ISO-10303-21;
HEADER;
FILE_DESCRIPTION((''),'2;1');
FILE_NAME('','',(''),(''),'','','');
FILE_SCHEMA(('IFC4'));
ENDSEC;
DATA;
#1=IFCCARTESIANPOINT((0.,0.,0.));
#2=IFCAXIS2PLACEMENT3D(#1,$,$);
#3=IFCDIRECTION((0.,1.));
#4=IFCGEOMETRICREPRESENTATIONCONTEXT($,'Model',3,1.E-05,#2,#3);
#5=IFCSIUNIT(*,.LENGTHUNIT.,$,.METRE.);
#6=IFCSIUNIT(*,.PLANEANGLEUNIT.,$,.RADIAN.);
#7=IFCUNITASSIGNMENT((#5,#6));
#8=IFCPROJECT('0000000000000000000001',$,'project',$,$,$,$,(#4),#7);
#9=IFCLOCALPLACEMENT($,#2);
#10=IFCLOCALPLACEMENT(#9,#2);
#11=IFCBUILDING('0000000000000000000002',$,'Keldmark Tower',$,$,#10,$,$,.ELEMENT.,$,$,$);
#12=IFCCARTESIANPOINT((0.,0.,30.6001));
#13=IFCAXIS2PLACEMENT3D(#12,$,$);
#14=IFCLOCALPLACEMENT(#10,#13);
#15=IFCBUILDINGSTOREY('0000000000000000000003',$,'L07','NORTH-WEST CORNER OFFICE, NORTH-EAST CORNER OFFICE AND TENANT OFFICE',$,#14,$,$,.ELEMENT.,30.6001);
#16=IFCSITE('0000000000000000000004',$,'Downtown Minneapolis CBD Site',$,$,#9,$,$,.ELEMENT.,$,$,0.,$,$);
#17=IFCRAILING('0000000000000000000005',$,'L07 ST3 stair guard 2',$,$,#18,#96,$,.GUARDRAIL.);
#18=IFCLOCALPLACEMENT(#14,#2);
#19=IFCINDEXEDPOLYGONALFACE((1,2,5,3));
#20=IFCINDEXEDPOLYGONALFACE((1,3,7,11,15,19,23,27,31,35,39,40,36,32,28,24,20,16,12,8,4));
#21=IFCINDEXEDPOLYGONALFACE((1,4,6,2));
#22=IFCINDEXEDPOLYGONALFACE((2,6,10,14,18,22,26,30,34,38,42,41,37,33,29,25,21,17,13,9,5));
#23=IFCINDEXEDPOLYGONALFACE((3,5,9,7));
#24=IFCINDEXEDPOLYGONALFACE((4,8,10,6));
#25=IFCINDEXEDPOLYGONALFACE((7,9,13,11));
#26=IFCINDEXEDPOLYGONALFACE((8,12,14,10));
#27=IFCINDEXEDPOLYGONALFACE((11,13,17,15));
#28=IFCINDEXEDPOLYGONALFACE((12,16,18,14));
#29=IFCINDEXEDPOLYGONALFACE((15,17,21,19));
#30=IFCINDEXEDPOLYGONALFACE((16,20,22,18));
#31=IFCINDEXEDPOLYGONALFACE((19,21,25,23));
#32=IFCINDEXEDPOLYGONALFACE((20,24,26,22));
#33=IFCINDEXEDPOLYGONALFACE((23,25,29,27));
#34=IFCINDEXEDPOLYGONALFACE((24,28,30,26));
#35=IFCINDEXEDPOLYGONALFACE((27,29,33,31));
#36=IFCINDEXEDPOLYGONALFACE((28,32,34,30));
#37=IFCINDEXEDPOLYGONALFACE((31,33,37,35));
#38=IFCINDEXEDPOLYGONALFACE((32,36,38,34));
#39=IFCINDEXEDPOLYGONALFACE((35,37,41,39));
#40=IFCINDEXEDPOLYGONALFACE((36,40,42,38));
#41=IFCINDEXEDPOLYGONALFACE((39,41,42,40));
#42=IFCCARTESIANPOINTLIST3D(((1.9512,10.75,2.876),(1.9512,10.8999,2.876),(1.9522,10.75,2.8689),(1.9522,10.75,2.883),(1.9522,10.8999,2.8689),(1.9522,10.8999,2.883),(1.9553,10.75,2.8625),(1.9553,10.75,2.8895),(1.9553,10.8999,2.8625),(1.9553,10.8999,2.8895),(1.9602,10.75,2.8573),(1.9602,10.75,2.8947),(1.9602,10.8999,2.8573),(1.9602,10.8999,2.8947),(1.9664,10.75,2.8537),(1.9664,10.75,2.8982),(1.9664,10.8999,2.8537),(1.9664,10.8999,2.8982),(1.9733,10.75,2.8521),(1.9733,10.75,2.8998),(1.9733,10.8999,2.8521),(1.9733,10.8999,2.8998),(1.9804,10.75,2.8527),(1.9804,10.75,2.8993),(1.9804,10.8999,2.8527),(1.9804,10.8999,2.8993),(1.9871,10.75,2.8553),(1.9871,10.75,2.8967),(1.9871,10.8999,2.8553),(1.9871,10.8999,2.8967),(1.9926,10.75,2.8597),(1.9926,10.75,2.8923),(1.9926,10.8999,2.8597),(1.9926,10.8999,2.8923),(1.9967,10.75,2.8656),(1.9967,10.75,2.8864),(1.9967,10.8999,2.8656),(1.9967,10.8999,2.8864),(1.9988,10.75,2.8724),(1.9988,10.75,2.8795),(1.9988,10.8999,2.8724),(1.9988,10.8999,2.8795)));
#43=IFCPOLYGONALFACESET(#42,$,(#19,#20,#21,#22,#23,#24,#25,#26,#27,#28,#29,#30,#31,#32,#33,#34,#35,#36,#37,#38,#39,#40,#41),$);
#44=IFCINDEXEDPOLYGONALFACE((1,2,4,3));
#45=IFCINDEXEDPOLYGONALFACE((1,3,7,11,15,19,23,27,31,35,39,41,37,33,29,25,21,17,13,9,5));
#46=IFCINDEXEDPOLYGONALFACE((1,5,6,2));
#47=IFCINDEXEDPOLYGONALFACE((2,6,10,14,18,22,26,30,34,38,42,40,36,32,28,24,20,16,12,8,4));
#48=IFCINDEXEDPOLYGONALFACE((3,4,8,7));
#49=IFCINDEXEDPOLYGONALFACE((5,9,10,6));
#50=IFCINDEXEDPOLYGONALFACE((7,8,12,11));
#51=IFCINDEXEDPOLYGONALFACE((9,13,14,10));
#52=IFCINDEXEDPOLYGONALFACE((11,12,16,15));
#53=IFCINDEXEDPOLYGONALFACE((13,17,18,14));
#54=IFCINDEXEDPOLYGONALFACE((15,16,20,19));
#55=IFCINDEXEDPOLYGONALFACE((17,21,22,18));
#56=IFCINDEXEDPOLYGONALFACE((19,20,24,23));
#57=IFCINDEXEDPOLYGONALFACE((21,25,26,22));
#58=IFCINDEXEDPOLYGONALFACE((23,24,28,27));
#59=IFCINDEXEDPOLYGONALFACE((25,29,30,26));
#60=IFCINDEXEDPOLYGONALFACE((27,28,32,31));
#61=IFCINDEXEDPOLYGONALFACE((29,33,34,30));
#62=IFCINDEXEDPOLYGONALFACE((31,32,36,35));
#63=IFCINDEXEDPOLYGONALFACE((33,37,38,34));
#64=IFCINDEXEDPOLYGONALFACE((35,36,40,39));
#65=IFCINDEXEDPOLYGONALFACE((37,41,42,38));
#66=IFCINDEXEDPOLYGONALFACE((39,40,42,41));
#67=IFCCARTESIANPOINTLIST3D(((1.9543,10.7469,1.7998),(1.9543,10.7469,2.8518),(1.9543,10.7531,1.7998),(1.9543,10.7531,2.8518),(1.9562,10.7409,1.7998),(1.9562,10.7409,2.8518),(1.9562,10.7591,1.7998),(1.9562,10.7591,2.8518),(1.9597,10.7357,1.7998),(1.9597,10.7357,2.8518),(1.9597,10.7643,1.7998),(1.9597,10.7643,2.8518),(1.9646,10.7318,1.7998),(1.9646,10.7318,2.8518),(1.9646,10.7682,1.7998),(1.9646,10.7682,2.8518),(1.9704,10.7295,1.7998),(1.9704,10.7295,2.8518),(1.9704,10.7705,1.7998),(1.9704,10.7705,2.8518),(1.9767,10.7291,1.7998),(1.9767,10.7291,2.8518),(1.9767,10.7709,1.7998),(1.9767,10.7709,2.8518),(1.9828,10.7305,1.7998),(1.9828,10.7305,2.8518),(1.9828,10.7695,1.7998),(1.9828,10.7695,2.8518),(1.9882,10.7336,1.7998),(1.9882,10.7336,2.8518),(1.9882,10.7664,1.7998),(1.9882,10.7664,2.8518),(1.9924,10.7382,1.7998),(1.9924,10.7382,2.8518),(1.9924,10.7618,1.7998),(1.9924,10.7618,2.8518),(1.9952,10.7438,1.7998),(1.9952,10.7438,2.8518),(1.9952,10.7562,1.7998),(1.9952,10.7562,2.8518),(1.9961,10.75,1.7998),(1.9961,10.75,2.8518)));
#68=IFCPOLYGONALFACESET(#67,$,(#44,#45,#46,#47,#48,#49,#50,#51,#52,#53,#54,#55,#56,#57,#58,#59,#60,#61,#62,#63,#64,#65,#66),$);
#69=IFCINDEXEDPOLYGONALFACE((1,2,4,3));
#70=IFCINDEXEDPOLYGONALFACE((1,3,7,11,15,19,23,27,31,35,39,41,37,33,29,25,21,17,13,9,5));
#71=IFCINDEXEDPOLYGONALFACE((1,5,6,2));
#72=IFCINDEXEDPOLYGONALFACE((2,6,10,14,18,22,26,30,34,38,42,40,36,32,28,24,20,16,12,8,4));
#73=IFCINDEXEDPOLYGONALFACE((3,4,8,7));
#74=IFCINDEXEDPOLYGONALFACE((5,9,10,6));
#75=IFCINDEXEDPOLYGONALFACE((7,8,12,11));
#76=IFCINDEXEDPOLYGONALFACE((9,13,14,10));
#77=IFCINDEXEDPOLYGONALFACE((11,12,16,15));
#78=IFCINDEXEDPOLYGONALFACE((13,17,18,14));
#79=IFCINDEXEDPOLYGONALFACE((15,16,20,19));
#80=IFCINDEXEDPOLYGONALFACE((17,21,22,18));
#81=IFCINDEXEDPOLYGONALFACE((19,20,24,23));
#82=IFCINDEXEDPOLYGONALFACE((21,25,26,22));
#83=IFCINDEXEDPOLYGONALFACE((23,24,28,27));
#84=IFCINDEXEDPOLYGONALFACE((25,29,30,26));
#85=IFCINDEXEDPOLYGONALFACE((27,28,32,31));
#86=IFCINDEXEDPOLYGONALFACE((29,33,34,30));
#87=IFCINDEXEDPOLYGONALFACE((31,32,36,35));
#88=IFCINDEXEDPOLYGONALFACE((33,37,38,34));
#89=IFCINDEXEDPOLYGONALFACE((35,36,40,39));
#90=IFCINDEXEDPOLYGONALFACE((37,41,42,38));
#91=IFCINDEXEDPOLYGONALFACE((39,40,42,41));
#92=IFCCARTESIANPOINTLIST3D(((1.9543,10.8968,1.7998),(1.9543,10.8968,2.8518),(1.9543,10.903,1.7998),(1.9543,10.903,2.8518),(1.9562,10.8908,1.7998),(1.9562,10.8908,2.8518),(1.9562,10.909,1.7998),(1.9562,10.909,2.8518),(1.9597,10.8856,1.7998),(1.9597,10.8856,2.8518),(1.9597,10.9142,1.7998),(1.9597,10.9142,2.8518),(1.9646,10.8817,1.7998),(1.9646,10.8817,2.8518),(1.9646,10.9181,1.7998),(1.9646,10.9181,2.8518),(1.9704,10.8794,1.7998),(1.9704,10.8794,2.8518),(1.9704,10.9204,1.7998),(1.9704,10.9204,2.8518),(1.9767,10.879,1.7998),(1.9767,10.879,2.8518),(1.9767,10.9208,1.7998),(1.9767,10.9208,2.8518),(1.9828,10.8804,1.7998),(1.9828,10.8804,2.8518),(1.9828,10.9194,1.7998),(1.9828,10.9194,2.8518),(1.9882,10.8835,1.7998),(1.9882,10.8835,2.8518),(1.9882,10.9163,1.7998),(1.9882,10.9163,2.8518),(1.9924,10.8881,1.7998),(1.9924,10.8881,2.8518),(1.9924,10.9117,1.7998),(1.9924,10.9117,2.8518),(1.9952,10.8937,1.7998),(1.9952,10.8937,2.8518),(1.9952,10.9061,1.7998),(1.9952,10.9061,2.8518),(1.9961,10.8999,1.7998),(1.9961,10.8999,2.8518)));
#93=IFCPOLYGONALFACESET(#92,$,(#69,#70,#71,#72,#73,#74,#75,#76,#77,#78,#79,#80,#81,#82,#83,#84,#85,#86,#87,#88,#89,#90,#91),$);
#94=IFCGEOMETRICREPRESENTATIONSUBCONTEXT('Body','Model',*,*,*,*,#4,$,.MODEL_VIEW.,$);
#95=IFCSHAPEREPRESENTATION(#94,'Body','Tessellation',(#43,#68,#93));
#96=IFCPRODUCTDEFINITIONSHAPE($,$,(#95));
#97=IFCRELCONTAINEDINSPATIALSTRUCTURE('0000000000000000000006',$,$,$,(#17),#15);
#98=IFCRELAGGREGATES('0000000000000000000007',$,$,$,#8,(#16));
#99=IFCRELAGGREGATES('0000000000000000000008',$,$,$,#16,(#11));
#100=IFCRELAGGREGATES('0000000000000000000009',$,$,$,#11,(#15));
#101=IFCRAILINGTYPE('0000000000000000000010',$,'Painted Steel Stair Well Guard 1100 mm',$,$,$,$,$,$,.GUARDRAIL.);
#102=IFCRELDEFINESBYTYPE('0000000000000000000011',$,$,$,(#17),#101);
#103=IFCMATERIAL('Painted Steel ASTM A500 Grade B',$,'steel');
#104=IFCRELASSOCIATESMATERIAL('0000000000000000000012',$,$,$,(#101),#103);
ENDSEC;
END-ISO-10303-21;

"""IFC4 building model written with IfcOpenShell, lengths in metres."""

from ifc_helpers import new_model, si_unit, direction, frame, origin, origin_2d, place, context, subcontext, project, spatial, circle, extrude, material, type_object, element, save


model = new_model("IFC4")

# Units and contexts
model_context = context("Model", 3, precision=1e-05, world=origin(), true_north=direction((0.0, 1.0)))
body_context = subcontext(model_context, "Body", "Model", "MODEL_VIEW")
ifc_project = project(units=[si_unit("LENGTHUNIT", "METRE"), si_unit("PLANEANGLEUNIT", "RADIAN")], contexts=[model_context])

# Site, building, storey
site_placement = place(None, origin())
site = spatial("IfcSite", under=ifc_project, at=site_placement, Name="Downtown Minneapolis CBD Site", CompositionType="ELEMENT", RefElevation=0.0)
building_placement = place(site_placement, origin())
building = spatial("IfcBuilding", under=site, at=building_placement, Name="Keldmark Tower", CompositionType="ELEMENT")
storey_placement = place(building_placement, frame((0.0, 0.0, 30.6001)))
storey = spatial("IfcBuildingStorey", under=building, at=storey_placement, Name="L07", Description="NORTH-WEST CORNER OFFICE, NORTH-EAST CORNER OFFICE AND TENANT OFFICE", CompositionType="ELEMENT", Elevation=30.6001)

# Railing
ifc_material_1 = material(Name="Painted Steel ASTM A500 Grade B", Category="steel")
railing_type_1 = type_object("IfcRailingType", Name="Painted Steel Stair Well Guard 1100 mm", PredefinedType="GUARDRAIL", material=ifc_material_1)
railing_1_placement = place(storey_placement, frame((1.9751, 10.75, 1.7998)))
element("IfcRailing", 1, at=railing_1_placement, inside=storey, type_object=railing_type_1, Name="L07 ST3 stair guard 2", PredefinedType="GUARDRAIL", context=body_context, shape_type="SweptSolid", body=[
    extrude(circle(Radius=0.0239, at=origin_2d()), frame((0.0, 0.0, 1.0762), z_axis=(0.0, 1.0, 0.0), x_axis=(-1.0, 0.0, 0.0)), (0.0, 0.0, 1.0), 0.1499),
    extrude(circle(Radius=0.021, at=origin_2d()), origin(), (0.0, 0.0, 1.0), 1.052),
    extrude(circle(Radius=0.021, at=origin_2d()), frame((0.0, 0.1499, 0.0)), (0.0, 0.0, 1.0), 1.052),
])

save(model, "model.ifc")
